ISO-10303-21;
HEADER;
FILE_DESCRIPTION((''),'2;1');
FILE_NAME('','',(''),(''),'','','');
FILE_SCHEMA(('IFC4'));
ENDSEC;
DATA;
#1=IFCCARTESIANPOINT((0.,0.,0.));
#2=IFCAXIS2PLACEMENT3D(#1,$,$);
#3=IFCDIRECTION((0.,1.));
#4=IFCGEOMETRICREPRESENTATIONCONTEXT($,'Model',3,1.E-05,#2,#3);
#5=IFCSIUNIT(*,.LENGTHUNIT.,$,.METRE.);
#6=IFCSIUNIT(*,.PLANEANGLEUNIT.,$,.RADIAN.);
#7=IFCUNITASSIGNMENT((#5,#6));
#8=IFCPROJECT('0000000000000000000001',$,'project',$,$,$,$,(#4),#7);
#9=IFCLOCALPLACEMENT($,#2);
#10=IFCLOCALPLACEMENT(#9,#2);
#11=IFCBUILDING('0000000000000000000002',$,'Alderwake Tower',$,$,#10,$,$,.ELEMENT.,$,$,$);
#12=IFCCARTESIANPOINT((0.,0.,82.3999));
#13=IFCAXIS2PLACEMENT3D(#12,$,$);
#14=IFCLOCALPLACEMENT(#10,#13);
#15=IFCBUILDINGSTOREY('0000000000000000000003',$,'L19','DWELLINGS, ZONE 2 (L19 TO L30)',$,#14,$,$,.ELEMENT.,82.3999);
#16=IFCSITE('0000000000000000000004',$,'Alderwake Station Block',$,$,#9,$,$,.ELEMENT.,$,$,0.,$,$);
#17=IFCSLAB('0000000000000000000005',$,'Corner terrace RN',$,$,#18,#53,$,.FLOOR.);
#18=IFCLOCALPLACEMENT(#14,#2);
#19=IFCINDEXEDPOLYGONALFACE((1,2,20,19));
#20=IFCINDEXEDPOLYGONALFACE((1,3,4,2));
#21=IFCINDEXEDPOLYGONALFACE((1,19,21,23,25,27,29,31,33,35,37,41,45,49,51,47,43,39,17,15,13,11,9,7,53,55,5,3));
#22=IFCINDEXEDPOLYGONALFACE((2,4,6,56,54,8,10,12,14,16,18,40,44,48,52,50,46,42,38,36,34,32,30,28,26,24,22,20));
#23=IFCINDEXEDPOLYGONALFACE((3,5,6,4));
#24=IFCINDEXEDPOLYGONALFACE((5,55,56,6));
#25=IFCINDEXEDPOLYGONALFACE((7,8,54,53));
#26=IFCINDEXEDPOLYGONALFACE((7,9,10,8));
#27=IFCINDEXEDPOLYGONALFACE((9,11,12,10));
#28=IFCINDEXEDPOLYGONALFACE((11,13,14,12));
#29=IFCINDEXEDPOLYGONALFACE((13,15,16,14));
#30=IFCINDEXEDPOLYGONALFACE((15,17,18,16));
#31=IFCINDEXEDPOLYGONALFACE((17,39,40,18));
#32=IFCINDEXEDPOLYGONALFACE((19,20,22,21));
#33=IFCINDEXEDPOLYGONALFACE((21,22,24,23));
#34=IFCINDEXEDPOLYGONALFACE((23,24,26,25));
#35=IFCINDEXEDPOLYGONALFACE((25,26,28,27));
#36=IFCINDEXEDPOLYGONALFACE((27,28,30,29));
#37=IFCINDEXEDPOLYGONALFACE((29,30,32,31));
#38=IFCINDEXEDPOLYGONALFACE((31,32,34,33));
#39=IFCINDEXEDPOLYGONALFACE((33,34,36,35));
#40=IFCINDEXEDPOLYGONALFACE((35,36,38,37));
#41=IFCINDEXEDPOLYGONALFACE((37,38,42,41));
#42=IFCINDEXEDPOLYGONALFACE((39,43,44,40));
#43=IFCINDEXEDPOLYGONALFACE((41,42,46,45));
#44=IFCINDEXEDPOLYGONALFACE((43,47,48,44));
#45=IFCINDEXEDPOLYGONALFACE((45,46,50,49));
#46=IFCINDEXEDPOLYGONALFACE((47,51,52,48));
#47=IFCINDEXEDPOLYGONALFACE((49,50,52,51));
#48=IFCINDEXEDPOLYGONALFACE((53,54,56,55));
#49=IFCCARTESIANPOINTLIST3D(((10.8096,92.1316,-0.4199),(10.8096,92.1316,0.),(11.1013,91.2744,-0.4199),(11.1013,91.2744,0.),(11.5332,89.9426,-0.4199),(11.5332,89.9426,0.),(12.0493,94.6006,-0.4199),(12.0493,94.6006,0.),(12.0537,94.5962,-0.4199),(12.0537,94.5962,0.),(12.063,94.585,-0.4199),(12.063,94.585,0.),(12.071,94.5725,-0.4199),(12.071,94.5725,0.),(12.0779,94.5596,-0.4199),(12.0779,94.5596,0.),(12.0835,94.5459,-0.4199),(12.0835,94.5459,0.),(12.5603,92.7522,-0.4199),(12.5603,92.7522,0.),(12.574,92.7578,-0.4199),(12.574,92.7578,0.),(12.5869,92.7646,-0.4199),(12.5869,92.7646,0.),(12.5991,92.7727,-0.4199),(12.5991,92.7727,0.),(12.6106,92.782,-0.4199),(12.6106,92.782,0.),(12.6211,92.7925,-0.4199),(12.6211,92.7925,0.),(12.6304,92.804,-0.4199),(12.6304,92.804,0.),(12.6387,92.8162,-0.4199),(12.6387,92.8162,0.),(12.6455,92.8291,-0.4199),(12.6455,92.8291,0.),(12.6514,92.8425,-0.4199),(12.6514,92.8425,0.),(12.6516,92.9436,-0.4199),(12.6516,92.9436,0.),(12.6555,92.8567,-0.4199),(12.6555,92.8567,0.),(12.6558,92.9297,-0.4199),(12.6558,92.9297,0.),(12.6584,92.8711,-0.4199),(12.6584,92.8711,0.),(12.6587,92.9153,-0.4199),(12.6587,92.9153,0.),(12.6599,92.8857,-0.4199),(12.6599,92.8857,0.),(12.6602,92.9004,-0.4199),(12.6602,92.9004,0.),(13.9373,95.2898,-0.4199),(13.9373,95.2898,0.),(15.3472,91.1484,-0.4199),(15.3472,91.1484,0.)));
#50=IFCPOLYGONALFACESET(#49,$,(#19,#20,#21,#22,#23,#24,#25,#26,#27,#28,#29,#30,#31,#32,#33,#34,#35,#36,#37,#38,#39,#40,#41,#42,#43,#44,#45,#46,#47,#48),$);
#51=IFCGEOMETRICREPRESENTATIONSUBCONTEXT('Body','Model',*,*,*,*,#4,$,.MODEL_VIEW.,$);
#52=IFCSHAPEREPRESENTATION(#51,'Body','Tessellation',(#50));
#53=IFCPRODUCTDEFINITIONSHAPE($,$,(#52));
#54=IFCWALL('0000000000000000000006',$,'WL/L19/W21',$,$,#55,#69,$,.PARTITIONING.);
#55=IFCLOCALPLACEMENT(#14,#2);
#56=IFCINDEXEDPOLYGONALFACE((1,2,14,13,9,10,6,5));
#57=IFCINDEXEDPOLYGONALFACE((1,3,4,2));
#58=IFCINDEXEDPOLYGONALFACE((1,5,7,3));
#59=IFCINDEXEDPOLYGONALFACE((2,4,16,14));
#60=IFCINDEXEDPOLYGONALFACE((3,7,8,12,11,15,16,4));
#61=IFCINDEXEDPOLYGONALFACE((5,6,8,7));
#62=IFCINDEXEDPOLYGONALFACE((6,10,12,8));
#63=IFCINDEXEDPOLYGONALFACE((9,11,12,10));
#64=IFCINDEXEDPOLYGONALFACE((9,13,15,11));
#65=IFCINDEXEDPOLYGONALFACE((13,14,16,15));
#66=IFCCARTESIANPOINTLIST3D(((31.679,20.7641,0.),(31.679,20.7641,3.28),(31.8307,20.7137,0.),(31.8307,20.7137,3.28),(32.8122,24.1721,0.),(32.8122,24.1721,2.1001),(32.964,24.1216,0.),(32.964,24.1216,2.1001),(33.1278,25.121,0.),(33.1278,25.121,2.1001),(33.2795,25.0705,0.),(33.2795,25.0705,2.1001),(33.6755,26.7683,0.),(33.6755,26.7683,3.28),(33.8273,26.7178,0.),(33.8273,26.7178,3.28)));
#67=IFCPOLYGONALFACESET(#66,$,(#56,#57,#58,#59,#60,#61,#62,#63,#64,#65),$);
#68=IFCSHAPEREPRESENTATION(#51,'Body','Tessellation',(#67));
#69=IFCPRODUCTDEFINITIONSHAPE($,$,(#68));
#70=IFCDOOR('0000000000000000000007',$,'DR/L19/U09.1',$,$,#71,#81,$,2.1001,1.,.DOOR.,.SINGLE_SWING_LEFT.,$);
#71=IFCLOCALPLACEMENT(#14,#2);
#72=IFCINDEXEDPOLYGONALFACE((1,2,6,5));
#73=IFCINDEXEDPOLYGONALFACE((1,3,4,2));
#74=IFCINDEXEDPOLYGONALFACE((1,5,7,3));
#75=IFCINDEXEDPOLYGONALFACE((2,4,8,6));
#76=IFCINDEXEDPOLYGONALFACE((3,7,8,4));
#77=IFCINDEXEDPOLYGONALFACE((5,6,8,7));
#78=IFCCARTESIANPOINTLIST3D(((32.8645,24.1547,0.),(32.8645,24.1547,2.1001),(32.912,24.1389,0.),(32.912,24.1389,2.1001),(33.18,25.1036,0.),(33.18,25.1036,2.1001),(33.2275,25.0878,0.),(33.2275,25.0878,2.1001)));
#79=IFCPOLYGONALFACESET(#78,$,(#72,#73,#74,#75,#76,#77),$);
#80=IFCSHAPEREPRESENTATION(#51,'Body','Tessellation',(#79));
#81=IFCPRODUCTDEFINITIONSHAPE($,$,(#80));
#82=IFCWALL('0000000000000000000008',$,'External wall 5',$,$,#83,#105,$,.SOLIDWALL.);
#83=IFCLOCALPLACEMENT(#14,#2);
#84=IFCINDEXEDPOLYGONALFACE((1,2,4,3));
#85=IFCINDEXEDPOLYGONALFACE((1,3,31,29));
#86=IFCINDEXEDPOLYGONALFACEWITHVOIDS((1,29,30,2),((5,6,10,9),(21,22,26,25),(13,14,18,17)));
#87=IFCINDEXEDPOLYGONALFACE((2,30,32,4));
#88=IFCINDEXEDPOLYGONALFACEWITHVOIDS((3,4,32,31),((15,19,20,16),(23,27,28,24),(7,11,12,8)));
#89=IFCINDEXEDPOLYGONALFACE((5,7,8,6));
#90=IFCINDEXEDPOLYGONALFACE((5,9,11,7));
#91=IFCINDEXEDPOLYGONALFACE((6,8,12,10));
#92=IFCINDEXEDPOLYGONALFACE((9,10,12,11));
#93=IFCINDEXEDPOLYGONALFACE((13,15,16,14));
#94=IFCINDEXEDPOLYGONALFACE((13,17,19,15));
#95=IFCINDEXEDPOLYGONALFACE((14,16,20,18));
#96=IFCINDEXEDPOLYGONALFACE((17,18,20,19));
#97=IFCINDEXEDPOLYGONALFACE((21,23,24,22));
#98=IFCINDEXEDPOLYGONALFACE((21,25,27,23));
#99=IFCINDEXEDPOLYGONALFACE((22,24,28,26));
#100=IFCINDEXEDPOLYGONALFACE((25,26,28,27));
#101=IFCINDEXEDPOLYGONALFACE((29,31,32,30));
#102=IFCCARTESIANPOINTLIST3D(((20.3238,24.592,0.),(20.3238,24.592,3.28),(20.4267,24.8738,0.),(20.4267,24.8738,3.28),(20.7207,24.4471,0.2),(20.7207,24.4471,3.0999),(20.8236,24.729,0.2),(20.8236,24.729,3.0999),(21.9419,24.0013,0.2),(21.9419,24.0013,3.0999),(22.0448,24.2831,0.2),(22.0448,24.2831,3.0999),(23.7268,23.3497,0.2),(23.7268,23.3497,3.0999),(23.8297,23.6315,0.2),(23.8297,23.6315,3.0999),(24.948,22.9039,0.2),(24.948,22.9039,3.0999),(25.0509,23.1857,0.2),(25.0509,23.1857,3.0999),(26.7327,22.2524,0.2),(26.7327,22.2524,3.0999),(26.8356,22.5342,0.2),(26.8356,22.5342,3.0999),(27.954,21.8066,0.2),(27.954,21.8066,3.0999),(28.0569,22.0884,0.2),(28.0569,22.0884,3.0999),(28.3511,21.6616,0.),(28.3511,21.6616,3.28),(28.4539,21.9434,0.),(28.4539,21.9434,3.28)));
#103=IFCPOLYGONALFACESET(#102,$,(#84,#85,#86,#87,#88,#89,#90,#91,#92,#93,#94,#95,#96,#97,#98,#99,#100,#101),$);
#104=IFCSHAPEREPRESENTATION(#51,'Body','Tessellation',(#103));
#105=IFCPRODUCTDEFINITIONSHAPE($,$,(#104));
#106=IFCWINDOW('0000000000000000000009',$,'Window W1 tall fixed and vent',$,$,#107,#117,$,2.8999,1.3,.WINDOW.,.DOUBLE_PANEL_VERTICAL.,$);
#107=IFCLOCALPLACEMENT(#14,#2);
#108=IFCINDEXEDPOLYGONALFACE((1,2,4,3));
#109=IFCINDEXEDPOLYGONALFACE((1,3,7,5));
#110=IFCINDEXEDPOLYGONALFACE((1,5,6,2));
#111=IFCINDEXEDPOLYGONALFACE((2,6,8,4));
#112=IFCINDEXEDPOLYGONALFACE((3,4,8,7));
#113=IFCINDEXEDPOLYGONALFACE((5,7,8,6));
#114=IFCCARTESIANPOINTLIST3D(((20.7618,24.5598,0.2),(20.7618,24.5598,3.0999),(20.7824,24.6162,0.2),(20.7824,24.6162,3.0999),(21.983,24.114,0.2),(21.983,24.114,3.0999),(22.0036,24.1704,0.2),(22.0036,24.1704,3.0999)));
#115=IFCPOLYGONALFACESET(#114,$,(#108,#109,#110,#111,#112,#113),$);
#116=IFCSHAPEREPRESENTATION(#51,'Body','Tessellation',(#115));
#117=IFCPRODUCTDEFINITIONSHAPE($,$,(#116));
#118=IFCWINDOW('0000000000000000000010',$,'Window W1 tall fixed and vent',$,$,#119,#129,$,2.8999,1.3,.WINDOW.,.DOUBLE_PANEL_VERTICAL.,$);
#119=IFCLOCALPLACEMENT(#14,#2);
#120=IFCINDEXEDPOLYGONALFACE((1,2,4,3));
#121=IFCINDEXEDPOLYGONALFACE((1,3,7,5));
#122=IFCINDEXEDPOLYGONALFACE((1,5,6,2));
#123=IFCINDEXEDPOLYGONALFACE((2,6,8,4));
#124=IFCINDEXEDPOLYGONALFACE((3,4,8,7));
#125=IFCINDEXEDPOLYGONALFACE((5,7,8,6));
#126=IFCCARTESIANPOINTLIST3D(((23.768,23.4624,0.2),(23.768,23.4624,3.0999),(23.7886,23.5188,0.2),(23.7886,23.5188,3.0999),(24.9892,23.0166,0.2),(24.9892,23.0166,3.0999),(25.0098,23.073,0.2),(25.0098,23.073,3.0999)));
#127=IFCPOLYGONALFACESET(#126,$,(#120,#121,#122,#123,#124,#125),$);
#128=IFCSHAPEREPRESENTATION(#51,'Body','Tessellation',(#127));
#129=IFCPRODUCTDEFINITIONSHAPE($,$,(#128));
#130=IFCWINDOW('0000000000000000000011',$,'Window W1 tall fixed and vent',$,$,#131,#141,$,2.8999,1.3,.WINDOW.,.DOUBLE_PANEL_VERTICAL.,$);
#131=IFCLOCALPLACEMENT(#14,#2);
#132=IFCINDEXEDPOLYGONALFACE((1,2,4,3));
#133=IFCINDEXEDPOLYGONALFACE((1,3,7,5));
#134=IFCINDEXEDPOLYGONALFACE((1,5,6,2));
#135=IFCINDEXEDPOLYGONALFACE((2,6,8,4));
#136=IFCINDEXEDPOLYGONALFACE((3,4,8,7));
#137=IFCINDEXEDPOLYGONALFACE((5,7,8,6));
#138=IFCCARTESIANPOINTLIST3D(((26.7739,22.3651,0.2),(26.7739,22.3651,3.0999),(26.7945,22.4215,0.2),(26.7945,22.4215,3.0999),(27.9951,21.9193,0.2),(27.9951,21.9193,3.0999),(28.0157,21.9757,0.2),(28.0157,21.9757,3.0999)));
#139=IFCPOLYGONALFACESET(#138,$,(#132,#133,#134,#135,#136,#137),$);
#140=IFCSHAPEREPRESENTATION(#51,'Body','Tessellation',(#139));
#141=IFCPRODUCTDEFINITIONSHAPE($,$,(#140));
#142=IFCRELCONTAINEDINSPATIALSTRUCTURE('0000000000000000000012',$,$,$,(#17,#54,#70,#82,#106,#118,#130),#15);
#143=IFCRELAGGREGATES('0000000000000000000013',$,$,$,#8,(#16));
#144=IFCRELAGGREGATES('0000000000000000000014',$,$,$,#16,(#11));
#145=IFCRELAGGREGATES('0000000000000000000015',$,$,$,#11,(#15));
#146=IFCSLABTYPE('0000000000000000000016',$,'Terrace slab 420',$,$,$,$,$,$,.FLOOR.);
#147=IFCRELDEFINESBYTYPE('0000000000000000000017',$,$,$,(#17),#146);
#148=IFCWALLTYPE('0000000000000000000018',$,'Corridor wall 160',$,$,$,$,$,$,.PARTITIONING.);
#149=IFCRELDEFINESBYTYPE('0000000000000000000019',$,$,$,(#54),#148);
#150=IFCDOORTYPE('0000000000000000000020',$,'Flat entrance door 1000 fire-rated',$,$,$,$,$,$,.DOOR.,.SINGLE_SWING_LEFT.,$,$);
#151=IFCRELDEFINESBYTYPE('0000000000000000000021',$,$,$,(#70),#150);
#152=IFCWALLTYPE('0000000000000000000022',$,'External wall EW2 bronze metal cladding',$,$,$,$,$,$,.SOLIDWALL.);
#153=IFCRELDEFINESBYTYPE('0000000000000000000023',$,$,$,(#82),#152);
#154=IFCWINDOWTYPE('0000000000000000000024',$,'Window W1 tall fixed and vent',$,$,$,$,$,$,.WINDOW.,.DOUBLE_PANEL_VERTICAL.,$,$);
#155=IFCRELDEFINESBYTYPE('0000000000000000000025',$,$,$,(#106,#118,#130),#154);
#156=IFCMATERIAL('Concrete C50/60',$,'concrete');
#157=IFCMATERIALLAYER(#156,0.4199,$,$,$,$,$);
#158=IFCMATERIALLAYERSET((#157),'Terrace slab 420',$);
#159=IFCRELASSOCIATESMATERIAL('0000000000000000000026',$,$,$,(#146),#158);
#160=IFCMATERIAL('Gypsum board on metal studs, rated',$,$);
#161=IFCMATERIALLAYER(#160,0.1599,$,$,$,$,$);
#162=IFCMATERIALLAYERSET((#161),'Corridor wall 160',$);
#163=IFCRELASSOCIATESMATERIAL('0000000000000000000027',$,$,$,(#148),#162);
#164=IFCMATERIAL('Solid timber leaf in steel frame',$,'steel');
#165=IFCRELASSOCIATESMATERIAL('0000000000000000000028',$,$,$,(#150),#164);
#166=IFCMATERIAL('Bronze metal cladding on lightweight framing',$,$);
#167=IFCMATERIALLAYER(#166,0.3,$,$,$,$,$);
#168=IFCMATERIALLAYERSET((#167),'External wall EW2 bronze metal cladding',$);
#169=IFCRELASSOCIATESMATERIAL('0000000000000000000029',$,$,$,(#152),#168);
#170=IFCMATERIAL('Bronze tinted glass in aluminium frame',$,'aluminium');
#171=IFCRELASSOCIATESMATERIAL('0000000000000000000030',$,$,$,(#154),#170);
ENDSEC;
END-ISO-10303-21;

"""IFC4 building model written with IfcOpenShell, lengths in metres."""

from ifc_helpers import new_model, si_unit, direction, frame, frame_2d, origin, place, context, subcontext, project, spatial, polyline, rectangle, outline, extrude, material, layer, layer_set, type_object, element, fill, save


model = new_model("IFC4")

# Units and contexts
model_context = context("Model", 3, precision=1e-05, world=origin(), true_north=direction((0.0, 1.0)))
body_context = subcontext(model_context, "Body", "Model", "MODEL_VIEW")
ifc_project = project(units=[si_unit("LENGTHUNIT", "METRE"), si_unit("PLANEANGLEUNIT", "RADIAN")], contexts=[model_context])

# Site, building, storey
site_placement = place(None, origin())
site = spatial("IfcSite", under=ifc_project, at=site_placement, Name="Alderwake Station Block", CompositionType="ELEMENT", RefElevation=0.0)
building_placement = place(site_placement, origin())
building = spatial("IfcBuilding", under=site, at=building_placement, Name="Alderwake Tower", CompositionType="ELEMENT")
storey_placement = place(building_placement, frame((0.0, 0.0, 82.3999)))
storey = spatial("IfcBuildingStorey", under=building, at=storey_placement, Name="L19", Description="DWELLINGS, ZONE 2 (L19 TO L30)", CompositionType="ELEMENT", Elevation=82.3999)

# Slab
ifc_material_1 = material(Name="Concrete C50/60", Category="concrete")
ifc_layer_1 = layer(ifc_material_1, 0.4199)
ifc_layer_set_1 = layer_set([ifc_layer_1], Name="Terrace slab 420")
slab_type_1 = type_object("IfcSlabType", Name="Terrace slab 420", PredefinedType="FLOOR", material=ifc_layer_set_1)
slab_1_placement = place(storey_placement, frame((0.0, 0.0, -0.4199)))
element("IfcSlab", 1, at=slab_1_placement, inside=storey, type_object=slab_type_1, Name="Corner terrace RN", PredefinedType="FLOOR", context=body_context, shape_type="SweptSolid", body=[
    extrude(outline(polyline([(10.8096, 92.1316), (12.5603, 92.7522), (12.574, 92.7578), (12.5869, 92.7646), (12.5991, 92.7727), (12.6106, 92.782), (12.6211, 92.7925), (12.6304, 92.804), (12.6387, 92.8162), (12.6455, 92.8291), (12.6514, 92.8425), (12.6555, 92.8567), (12.6584, 92.8711), (12.6599, 92.8857), (12.6602, 92.9004), (12.6587, 92.9153), (12.6558, 92.9297), (12.6516, 92.9436), (12.0835, 94.5459), (12.0779, 94.5596), (12.071, 94.5725), (12.063, 94.585), (12.0537, 94.5962), (12.0493, 94.6006), (13.9373, 95.2898), (15.3472, 91.1484), (11.5332, 89.9426), (11.1013, 91.2744), (10.8096, 92.1316)])), origin(), (0.0, 0.0, 1.0), 0.4199),
])

# Wall, opening, door
ifc_material_2 = material(Name="Gypsum board on metal studs, rated")
ifc_layer_2 = layer(ifc_material_2, 0.1599)
ifc_layer_set_2 = layer_set([ifc_layer_2], Name="Corridor wall 160")
wall_type_1 = type_object("IfcWallType", Name="Corridor wall 160", PredefinedType="PARTITIONING", material=ifc_layer_set_2)
wall_1_placement = place(storey_placement, frame((31.7549, 20.739, 0.0), z_axis=(0.0, 0.0, 1.0), x_axis=(0.315545, 0.948911, 0.0)))
wall_1 = element("IfcWall", 2, at=wall_1_placement, inside=storey, type_object=wall_type_1, Name="WL/L19/W21", PredefinedType="PARTITIONING", context=body_context, shape_type="SweptSolid", body=[
    extrude(rectangle(XDim=6.3274, YDim=0.1599, at=frame_2d((3.1636, 0.0))), origin(), (0.0, 0.0, 1.0), 3.28),
])
opening_1_placement = place(wall_1_placement, frame((3.5913, 0.0, 0.0)))
opening_1 = element("IfcOpeningElement", 3, at=opening_1_placement, cuts=wall_1, PredefinedType="OPENING", context=body_context, shape_type="SweptSolid", body=[
    extrude(rectangle(XDim=1.0, YDim=2.1001, at=frame_2d((0.5, 1.05))), frame((0.0, 0.0898, 0.0), z_axis=(0.0, -1.0, 0.0), x_axis=(1.0, 0.0, 0.0)), (0.0, 0.0, 1.0), 0.1799),
])
ifc_material_3 = material(Name="Solid timber leaf in steel frame", Category="steel")
door_type_1 = type_object("IfcDoorType", Name="Flat entrance door 1000 fire-rated", OperationType="SINGLE_SWING_LEFT", PredefinedType="DOOR", material=ifc_material_3)
door_1_placement = place(opening_1_placement, origin())
door_1 = element("IfcDoor", 4, at=door_1_placement, inside=storey, type_object=door_type_1, Name="DR/L19/U09.1", OperationType="SINGLE_SWING_LEFT", OverallHeight=2.1001, OverallWidth=1.0, PredefinedType="DOOR", context=body_context, shape_type="SweptSolid", body=[
    extrude(rectangle(XDim=1.0, YDim=2.1001, at=frame_2d((0.5, 1.05))), frame((0.0, 0.0249, 0.0), z_axis=(0.0, -1.0, 0.0), x_axis=(1.0, 0.0, 0.0)), (0.0, 0.0, 1.0), 0.05),
])
fill(opening_1, door_1)

# Wall, openings, windows
ifc_material_4 = material(Name="Bronze metal cladding on lightweight framing")
ifc_layer_3 = layer(ifc_material_4, 0.3)
ifc_layer_set_3 = layer_set([ifc_layer_3], Name="External wall EW2 bronze metal cladding")
wall_type_2 = type_object("IfcWallType", Name="External wall EW2 bronze metal cladding", PredefinedType="SOLIDWALL", material=ifc_layer_set_3)
wall_2_placement = place(storey_placement, frame((20.3752, 24.7329, 0.0), z_axis=(0.0, 0.0, 1.0), x_axis=(0.939365, -0.34292, 0.0)))
wall_2 = element("IfcWall", 5, at=wall_2_placement, inside=storey, type_object=wall_type_2, Name="External wall 5", PredefinedType="SOLIDWALL", context=body_context, shape_type="SweptSolid", body=[
    extrude(rectangle(XDim=8.5454, YDim=0.3, at=frame_2d((4.2727, 0.0))), origin(), (0.0, 0.0, 1.0), 3.28),
])
opening_2_placement = place(wall_2_placement, frame((0.4226, 0.0, 0.2)))
opening_2 = element("IfcOpeningElement", 6, at=opening_2_placement, cuts=wall_2, PredefinedType="OPENING", context=body_context, shape_type="SweptSolid", body=[
    extrude(rectangle(XDim=1.3, YDim=2.8999, at=frame_2d((0.6499, 1.45))), frame((0.0, 0.1599, 0.0), z_axis=(0.0, -1.0, 0.0), x_axis=(1.0, 0.0, 0.0)), (0.0, 0.0, 1.0), 0.3201),
])
opening_3_placement = place(wall_2_placement, frame((3.6228, 0.0, 0.2)))
opening_3 = element("IfcOpeningElement", 7, at=opening_3_placement, cuts=wall_2, PredefinedType="OPENING", context=body_context, shape_type="SweptSolid", body=[
    extrude(rectangle(XDim=1.3, YDim=2.8999, at=frame_2d((0.6499, 1.45))), frame((0.0, 0.1599, 0.0), z_axis=(0.0, -1.0, 0.0), x_axis=(1.0, 0.0, 0.0)), (0.0, 0.0, 1.0), 0.3201),
])
opening_4_placement = place(wall_2_placement, frame((6.8228, 0.0, 0.2)))
opening_4 = element("IfcOpeningElement", 8, at=opening_4_placement, cuts=wall_2, PredefinedType="OPENING", context=body_context, shape_type="SweptSolid", body=[
    extrude(rectangle(XDim=1.3, YDim=2.8999, at=frame_2d((0.6499, 1.45))), frame((0.0, 0.1599, 0.0), z_axis=(0.0, -1.0, 0.0), x_axis=(1.0, 0.0, 0.0)), (0.0, 0.0, 1.0), 0.3201),
])
ifc_material_5 = material(Name="Bronze tinted glass in aluminium frame", Category="aluminium")
window_type_1 = type_object("IfcWindowType", Name="Window W1 tall fixed and vent", PartitioningType="DOUBLE_PANEL_VERTICAL", PredefinedType="WINDOW", material=ifc_material_5)
window_1_placement = place(opening_2_placement, origin())
window_1 = element("IfcWindow", 9, at=window_1_placement, inside=storey, type_object=window_type_1, Name="Window W1 tall fixed and vent", OverallHeight=2.8999, OverallWidth=1.3, PartitioningType="DOUBLE_PANEL_VERTICAL", PredefinedType="WINDOW", context=body_context, shape_type="SweptSolid", body=[
    extrude(rectangle(XDim=1.3, YDim=2.8999, at=frame_2d((0.6499, 1.45))), frame((0.0, 0.03, 0.0), z_axis=(0.0, -1.0, 0.0), x_axis=(1.0, 0.0, 0.0)), (0.0, 0.0, 1.0), 0.0601),
])
fill(opening_2, window_1)
window_2_placement = place(opening_3_placement, origin())
window_2 = element("IfcWindow", 10, at=window_2_placement, inside=storey, type_object=window_type_1, Name="Window W1 tall fixed and vent", OverallHeight=2.8999, OverallWidth=1.3, PartitioningType="DOUBLE_PANEL_VERTICAL", PredefinedType="WINDOW", context=body_context, shape_type="SweptSolid", body=[
    extrude(rectangle(XDim=1.3, YDim=2.8999, at=frame_2d((0.6499, 1.45))), frame((0.0, 0.03, 0.0), z_axis=(0.0, -1.0, 0.0), x_axis=(1.0, 0.0, 0.0)), (0.0, 0.0, 1.0), 0.0601),
])
fill(opening_3, window_2)
window_3_placement = place(opening_4_placement, origin())
window_3 = element("IfcWindow", 11, at=window_3_placement, inside=storey, type_object=window_type_1, Name="Window W1 tall fixed and vent", OverallHeight=2.8999, OverallWidth=1.3, PartitioningType="DOUBLE_PANEL_VERTICAL", PredefinedType="WINDOW", context=body_context, shape_type="SweptSolid", body=[
    extrude(rectangle(XDim=1.3, YDim=2.8999, at=frame_2d((0.6499, 1.45))), frame((0.0, 0.03, 0.0), z_axis=(0.0, -1.0, 0.0), x_axis=(1.0, 0.0, 0.0)), (0.0, 0.0, 1.0), 0.0601),
])
fill(opening_4, window_3)

save(model, "model.ifc")
